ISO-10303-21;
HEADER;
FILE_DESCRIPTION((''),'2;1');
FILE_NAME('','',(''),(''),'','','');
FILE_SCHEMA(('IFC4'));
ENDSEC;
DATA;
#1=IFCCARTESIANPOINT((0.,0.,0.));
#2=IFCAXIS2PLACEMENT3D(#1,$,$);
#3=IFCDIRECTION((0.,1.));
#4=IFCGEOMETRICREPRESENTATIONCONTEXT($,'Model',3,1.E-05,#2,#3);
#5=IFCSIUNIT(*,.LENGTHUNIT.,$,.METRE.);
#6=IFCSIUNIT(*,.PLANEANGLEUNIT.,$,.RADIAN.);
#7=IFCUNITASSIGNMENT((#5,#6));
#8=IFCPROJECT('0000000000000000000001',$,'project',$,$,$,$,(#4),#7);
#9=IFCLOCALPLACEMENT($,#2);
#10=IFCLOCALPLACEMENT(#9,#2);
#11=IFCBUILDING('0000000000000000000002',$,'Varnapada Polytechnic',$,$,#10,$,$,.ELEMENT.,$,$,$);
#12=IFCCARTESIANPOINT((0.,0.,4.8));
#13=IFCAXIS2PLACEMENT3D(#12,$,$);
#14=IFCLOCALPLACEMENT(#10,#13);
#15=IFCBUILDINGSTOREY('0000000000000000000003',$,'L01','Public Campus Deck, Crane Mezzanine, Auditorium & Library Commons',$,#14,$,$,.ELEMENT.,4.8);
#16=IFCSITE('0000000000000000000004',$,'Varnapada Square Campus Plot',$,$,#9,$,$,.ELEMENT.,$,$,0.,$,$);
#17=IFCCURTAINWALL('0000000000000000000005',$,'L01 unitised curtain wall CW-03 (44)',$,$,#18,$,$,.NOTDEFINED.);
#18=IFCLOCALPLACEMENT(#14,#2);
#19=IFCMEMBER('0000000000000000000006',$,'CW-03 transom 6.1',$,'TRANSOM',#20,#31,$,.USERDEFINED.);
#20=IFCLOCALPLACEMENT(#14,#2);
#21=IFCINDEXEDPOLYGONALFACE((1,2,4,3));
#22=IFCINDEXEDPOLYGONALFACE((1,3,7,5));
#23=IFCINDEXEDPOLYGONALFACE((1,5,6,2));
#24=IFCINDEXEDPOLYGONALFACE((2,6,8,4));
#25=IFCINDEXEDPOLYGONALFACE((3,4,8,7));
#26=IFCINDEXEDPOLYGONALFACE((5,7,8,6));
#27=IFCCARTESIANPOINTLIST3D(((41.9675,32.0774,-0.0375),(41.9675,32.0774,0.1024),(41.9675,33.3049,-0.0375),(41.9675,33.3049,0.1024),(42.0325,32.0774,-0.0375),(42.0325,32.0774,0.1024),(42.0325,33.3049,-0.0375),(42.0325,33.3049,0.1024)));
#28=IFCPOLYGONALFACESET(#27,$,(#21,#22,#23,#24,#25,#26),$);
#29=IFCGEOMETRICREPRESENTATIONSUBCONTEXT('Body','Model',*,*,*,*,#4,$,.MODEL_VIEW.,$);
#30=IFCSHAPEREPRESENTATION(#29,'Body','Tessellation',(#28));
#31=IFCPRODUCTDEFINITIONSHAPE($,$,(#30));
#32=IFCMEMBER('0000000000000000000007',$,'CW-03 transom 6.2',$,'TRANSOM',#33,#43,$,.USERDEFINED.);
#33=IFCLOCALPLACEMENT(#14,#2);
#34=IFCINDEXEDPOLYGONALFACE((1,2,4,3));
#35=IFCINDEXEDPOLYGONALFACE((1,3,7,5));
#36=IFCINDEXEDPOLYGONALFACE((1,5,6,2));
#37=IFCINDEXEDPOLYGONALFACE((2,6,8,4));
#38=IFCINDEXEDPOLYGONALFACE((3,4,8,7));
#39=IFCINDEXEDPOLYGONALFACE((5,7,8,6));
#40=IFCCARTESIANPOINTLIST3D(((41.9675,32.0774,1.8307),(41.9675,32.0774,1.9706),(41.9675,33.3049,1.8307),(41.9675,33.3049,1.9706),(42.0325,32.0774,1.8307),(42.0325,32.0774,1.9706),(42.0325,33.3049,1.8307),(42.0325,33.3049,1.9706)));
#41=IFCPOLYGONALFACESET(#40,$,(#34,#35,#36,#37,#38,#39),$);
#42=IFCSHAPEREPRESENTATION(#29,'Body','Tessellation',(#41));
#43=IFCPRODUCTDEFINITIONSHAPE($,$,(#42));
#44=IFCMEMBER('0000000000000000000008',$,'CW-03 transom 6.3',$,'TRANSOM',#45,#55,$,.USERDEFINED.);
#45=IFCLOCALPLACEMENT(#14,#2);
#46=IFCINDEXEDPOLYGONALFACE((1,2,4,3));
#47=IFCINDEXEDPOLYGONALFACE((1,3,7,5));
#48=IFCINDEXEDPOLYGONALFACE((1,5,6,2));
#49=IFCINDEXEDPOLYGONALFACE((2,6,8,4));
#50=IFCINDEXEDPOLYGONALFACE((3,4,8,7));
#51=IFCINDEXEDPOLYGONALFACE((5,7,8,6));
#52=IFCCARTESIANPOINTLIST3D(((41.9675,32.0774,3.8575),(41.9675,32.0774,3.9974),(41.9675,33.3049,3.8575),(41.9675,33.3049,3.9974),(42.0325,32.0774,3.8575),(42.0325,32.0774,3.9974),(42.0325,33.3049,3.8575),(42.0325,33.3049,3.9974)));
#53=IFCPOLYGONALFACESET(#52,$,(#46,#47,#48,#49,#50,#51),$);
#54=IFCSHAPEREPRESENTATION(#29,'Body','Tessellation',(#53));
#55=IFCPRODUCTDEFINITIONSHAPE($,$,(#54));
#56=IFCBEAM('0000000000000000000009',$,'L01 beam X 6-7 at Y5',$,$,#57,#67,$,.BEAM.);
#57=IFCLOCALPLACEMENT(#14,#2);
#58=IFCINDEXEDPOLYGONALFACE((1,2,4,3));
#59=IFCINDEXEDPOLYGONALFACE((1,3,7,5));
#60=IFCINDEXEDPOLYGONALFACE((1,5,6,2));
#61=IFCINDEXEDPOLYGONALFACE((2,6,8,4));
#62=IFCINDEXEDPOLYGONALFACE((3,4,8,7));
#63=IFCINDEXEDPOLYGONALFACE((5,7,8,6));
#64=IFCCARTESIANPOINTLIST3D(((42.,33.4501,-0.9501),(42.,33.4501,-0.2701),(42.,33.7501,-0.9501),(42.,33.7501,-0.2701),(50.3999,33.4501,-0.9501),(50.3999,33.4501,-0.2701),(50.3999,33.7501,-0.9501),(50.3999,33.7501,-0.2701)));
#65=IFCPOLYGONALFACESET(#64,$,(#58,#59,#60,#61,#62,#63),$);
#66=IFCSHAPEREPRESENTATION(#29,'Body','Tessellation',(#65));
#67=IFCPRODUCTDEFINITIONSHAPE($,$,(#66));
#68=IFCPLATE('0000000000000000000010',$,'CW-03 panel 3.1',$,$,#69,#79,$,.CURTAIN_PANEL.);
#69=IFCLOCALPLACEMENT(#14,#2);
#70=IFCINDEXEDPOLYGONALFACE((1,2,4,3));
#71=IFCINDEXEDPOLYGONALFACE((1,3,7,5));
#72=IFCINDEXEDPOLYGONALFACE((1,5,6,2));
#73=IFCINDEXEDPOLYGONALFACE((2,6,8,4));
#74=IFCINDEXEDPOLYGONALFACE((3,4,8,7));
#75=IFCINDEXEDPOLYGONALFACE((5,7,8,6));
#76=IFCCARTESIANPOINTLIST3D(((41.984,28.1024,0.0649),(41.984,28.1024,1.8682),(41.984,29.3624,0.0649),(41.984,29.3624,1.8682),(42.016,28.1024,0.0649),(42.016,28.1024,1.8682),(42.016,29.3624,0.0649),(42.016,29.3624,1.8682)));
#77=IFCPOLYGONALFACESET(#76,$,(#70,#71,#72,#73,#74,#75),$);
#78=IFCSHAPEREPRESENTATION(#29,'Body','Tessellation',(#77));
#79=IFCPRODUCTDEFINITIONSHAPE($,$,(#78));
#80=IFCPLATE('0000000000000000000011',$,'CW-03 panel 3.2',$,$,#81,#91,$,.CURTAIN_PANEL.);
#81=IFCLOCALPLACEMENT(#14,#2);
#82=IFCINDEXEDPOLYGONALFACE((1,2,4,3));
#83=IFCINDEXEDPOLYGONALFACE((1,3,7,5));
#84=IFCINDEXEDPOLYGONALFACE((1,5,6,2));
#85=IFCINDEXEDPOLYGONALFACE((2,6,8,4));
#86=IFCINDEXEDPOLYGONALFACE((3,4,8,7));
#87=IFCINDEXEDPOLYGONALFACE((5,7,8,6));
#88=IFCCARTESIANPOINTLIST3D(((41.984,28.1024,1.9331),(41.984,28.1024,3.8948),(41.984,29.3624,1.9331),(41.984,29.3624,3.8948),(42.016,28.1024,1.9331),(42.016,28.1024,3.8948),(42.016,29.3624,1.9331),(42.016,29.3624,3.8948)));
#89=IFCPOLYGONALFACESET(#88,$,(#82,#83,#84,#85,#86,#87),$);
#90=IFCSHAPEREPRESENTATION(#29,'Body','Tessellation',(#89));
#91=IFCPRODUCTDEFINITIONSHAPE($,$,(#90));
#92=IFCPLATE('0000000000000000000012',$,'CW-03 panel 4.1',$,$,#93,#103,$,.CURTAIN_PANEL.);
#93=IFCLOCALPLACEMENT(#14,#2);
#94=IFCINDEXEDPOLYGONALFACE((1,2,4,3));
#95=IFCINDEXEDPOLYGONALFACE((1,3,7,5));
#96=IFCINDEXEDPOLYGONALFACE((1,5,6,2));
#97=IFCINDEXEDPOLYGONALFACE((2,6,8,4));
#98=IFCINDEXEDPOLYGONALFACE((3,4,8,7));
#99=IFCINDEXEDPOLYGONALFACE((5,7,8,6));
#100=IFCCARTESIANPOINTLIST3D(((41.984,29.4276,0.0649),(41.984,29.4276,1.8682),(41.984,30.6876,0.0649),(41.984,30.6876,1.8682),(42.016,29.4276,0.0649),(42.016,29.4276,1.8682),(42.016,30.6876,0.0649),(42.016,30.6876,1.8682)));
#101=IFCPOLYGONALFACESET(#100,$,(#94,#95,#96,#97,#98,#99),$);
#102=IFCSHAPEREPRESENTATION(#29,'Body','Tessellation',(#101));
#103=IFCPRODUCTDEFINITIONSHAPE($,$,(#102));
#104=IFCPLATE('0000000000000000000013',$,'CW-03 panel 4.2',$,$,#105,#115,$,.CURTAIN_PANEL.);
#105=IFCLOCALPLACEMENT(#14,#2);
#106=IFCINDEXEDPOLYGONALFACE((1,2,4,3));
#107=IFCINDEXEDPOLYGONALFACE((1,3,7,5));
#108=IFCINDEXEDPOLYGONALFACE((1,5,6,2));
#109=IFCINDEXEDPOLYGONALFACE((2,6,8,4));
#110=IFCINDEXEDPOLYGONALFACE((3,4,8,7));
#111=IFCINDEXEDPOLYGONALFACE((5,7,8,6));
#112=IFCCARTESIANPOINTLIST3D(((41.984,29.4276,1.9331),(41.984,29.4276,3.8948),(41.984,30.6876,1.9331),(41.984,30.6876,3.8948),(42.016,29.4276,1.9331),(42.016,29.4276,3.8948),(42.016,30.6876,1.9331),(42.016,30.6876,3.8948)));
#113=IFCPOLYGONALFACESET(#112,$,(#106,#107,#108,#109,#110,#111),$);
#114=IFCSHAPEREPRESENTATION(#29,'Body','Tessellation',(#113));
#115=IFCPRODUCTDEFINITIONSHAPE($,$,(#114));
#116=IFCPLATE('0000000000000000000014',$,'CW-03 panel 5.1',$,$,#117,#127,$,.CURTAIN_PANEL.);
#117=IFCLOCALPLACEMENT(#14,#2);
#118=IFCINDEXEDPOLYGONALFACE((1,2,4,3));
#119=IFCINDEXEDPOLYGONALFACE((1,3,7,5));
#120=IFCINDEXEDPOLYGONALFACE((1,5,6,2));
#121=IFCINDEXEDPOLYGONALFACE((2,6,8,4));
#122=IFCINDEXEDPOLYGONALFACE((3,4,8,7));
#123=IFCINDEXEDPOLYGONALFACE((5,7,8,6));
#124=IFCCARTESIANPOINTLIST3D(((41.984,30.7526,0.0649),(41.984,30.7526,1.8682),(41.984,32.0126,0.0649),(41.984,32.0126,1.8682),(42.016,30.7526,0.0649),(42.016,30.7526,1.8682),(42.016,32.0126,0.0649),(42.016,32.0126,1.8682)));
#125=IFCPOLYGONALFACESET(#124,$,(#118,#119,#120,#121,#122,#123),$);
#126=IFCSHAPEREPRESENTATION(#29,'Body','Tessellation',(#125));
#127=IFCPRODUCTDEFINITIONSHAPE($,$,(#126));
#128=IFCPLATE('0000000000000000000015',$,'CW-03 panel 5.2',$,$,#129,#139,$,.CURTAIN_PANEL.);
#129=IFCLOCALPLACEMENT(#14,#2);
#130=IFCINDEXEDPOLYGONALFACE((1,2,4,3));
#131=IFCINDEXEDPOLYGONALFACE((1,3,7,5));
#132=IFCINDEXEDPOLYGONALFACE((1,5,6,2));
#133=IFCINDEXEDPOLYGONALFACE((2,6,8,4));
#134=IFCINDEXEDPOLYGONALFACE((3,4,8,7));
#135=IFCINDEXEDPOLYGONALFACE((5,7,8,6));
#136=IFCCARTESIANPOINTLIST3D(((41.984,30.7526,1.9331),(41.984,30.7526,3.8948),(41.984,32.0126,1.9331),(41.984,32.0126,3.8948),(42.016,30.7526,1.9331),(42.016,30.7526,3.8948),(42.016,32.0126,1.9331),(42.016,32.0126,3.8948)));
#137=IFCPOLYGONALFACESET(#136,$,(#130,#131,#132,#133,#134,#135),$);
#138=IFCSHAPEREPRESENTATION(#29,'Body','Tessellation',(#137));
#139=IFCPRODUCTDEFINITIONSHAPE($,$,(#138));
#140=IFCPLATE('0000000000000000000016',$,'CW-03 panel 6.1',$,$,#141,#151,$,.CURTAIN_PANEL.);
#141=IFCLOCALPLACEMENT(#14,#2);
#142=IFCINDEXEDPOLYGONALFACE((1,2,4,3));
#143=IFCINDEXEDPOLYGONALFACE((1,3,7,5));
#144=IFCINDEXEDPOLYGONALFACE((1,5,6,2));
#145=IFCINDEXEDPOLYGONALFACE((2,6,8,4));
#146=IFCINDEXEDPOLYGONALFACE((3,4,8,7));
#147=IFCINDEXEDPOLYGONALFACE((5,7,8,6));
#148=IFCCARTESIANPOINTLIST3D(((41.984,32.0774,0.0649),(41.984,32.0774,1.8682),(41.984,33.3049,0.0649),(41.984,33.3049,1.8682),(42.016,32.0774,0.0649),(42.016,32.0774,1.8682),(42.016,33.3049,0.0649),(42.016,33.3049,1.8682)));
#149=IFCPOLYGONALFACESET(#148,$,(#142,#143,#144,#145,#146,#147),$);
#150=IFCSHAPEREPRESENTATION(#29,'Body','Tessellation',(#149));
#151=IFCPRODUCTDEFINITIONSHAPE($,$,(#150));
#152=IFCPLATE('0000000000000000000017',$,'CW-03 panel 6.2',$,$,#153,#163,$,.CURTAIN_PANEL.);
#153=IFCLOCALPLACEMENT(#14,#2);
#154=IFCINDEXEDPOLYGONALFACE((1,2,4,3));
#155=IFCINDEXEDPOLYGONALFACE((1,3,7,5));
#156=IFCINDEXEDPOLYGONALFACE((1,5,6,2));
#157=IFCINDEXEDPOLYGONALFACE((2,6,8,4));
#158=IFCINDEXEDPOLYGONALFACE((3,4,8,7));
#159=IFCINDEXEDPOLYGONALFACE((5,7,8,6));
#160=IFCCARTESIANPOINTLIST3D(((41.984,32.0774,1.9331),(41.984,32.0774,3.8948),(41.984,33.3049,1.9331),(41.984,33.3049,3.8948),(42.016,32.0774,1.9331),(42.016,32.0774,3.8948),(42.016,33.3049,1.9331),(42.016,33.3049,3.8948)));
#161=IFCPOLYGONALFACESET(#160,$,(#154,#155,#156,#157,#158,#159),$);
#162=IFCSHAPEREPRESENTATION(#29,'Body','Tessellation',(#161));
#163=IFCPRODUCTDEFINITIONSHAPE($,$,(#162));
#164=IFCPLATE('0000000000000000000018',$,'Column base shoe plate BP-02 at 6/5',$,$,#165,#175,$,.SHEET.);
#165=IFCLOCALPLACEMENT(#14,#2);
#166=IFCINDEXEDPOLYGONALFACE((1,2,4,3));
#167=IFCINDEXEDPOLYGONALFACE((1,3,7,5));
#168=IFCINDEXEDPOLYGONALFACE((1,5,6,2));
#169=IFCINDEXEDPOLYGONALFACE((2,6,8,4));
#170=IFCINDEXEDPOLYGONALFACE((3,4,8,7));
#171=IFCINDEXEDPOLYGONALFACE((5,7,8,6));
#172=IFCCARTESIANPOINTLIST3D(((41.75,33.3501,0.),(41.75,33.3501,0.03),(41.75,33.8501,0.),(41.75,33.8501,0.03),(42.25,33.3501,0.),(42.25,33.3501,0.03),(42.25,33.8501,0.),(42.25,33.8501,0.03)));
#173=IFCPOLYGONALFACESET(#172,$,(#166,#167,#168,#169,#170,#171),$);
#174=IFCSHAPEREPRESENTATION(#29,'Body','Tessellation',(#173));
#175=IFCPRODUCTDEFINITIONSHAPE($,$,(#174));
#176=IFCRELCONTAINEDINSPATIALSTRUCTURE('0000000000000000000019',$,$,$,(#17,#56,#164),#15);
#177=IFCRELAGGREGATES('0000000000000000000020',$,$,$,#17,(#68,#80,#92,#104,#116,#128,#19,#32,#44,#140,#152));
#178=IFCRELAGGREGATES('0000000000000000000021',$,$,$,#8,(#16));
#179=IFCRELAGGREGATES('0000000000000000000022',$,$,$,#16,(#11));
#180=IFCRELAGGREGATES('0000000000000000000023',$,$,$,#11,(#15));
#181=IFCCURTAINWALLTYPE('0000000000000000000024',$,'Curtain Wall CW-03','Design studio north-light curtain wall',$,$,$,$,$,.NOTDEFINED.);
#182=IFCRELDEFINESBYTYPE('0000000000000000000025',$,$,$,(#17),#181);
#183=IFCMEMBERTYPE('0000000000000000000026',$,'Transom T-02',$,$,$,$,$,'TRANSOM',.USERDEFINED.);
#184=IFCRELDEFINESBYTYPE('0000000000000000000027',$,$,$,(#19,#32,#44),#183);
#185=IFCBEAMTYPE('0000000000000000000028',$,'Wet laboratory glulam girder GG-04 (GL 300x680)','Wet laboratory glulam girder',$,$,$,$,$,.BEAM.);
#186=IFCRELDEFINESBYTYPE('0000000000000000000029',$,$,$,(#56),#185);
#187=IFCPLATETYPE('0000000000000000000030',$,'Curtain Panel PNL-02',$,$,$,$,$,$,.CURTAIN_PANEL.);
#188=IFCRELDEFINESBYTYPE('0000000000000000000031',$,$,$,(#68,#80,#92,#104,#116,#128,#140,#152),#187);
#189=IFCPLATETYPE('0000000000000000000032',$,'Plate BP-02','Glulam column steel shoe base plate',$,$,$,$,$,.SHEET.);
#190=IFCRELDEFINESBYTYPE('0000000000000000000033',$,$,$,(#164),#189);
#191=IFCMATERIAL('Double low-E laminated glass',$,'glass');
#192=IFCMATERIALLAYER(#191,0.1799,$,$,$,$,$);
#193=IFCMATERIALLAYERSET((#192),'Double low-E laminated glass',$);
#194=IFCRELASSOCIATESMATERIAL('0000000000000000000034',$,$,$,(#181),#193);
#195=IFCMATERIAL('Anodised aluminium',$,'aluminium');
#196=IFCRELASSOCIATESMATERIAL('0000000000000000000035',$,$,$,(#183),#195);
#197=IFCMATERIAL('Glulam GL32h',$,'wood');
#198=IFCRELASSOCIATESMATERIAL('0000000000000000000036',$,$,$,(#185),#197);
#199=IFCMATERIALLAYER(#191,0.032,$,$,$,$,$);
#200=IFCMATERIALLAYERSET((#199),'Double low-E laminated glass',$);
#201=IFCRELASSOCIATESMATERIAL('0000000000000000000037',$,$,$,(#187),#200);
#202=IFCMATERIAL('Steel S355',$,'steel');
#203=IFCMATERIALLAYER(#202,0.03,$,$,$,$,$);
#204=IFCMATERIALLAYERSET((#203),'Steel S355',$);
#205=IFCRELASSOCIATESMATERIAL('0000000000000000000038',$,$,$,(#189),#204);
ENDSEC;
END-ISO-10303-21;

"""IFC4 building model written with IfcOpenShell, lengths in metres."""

from ifc_helpers import new_model, si_unit, direction, frame, origin, origin_2d, place, context, subcontext, project, spatial, rectangle, extrude, material, layer, layer_set, material_profile, profile_set, type_object, element, aggregate, save


model = new_model("IFC4")

# Units and contexts
model_context = context("Model", 3, precision=1e-05, world=origin(), true_north=direction((0.0, 1.0)))
body_context = subcontext(model_context, "Body", "Model", "MODEL_VIEW")
ifc_project = project(units=[si_unit("LENGTHUNIT", "METRE"), si_unit("PLANEANGLEUNIT", "RADIAN")], contexts=[model_context])

# Site, building, storey
site_placement = place(None, origin())
site = spatial("IfcSite", under=ifc_project, at=site_placement, Name="Varnapada Square Campus Plot", CompositionType="ELEMENT", RefElevation=0.0)
building_placement = place(site_placement, origin())
building = spatial("IfcBuilding", under=site, at=building_placement, Name="Varnapada Polytechnic", CompositionType="ELEMENT")
storey_placement = place(building_placement, frame((0.0, 0.0, 4.8)))
storey = spatial("IfcBuildingStorey", under=building, at=storey_placement, Name="L01", Description="Public Campus Deck, Crane Mezzanine, Auditorium & Library Commons", CompositionType="ELEMENT", Elevation=4.8)

# Shared definitions
ifc_material_1 = material(Name="Glulam GL32h", Category="wood")

# Curtain wall, members
ifc_material_2 = material(Name="Double low-E laminated glass", Category="glass")
ifc_layer_1 = layer(ifc_material_2, 0.1799)
ifc_layer_set_1 = layer_set([ifc_layer_1], Name="Double low-E laminated glass")
curtain_wall_type = type_object("IfcCurtainWallType", Name="Curtain Wall CW-03", Description="Design studio north-light curtain wall", PredefinedType="NOTDEFINED", material=ifc_layer_set_1)
curtain_wall_placement = place(storey_placement, origin())
curtain_wall = element("IfcCurtainWall", 1, at=curtain_wall_placement, inside=storey, type_object=curtain_wall_type, Name="L01 unitised curtain wall CW-03 (44)", PredefinedType="NOTDEFINED")
ifc_material_3 = material(Name="Anodised aluminium", Category="aluminium")
ifc_material_profile_1 = material_profile(ifc_material_3, rectangle(XDim=0.0649, YDim=0.1399, at=origin_2d()), Name="ALU T65x140")
ifc_profile_set_1 = profile_set([ifc_material_profile_1], Name="Anodised aluminium")
member_type_1 = type_object("IfcMemberType", Name="Transom T-02", ElementType="TRANSOM", PredefinedType="USERDEFINED", material=ifc_profile_set_1)
member_1_placement = place(storey_placement, frame((42.0, 32.0774, 0.0325), z_axis=(0.0, 1.0, 0.0), x_axis=(-1.0, 0.0, 0.0)))
member_1 = element("IfcMember", 2, at=member_1_placement, type_object=member_type_1, Name="CW-03 transom 6.1", ObjectType="TRANSOM", PredefinedType="USERDEFINED", context=body_context, shape_type="SweptSolid", body=[
    extrude(rectangle(XDim=0.0649, YDim=0.1399, at=origin_2d()), origin(), (0.0, 0.0, 1.0), 1.2275),
])
member_2_placement = place(storey_placement, frame((42.0, 32.0774, 1.9006), z_axis=(0.0, 1.0, 0.0), x_axis=(-1.0, 0.0, 0.0)))
member_2 = element("IfcMember", 3, at=member_2_placement, type_object=member_type_1, Name="CW-03 transom 6.2", ObjectType="TRANSOM", PredefinedType="USERDEFINED", context=body_context, shape_type="SweptSolid", body=[
    extrude(rectangle(XDim=0.0649, YDim=0.1399, at=origin_2d()), origin(), (0.0, 0.0, 1.0), 1.2275),
])
member_3_placement = place(storey_placement, frame((42.0, 32.0774, 3.9275), z_axis=(0.0, 1.0, 0.0), x_axis=(-1.0, 0.0, 0.0)))
member_3 = element("IfcMember", 4, at=member_3_placement, type_object=member_type_1, Name="CW-03 transom 6.3", ObjectType="TRANSOM", PredefinedType="USERDEFINED", context=body_context, shape_type="SweptSolid", body=[
    extrude(rectangle(XDim=0.0649, YDim=0.1399, at=origin_2d()), origin(), (0.0, 0.0, 1.0), 1.2275),
])

# Beam
ifc_material_profile_2 = material_profile(ifc_material_1, rectangle(XDim=0.3, YDim=0.6799, at=origin_2d()), Name="GL 300x680")
ifc_profile_set_2 = profile_set([ifc_material_profile_2], Name="Glulam GL32h")
beam_type_1 = type_object("IfcBeamType", Name="Wet laboratory glulam girder GG-04 (GL 300x680)", Description="Wet laboratory glulam girder", PredefinedType="BEAM", material=ifc_profile_set_2)
beam_1_placement = place(storey_placement, frame((42.0, 33.6001, -0.6101), z_axis=(1.0, 0.0, 0.0), x_axis=(0.0, 1.0, 0.0)))
element("IfcBeam", 5, at=beam_1_placement, inside=storey, type_object=beam_type_1, Name="L01 beam X 6-7 at Y5", PredefinedType="BEAM", context=body_context, shape_type="SweptSolid", body=[
    extrude(rectangle(XDim=0.3, YDim=0.6799, at=origin_2d()), origin(), (0.0, 0.0, 1.0), 8.3999),
])

# Plates
ifc_layer_2 = layer(ifc_material_2, 0.032)
ifc_layer_set_2 = layer_set([ifc_layer_2], Name="Double low-E laminated glass")
plate_type_1 = type_object("IfcPlateType", Name="Curtain Panel PNL-02", PredefinedType="CURTAIN_PANEL", material=ifc_layer_set_2)
plate_1_placement = place(storey_placement, frame((42.0, 28.7324, 0.0649), z_axis=(0.0, 0.0, 1.0), x_axis=(0.0, 1.0, 0.0)))
plate_1 = element("IfcPlate", 6, at=plate_1_placement, type_object=plate_type_1, Name="CW-03 panel 3.1", PredefinedType="CURTAIN_PANEL", context=body_context, shape_type="SweptSolid", body=[
    extrude(rectangle(XDim=1.26, YDim=0.032, at=origin_2d()), origin(), (0.0, 0.0, 1.0), 1.8032),
])
plate_2_placement = place(storey_placement, frame((42.0, 28.7324, 1.9331), z_axis=(0.0, 0.0, 1.0), x_axis=(0.0, 1.0, 0.0)))
plate_2 = element("IfcPlate", 7, at=plate_2_placement, type_object=plate_type_1, Name="CW-03 panel 3.2", PredefinedType="CURTAIN_PANEL", context=body_context, shape_type="SweptSolid", body=[
    extrude(rectangle(XDim=1.26, YDim=0.032, at=origin_2d()), origin(), (0.0, 0.0, 1.0), 1.9617),
])
plate_3_placement = place(storey_placement, frame((42.0, 30.0576, 0.0649), z_axis=(0.0, 0.0, 1.0), x_axis=(0.0, 1.0, 0.0)))
plate_3 = element("IfcPlate", 8, at=plate_3_placement, type_object=plate_type_1, Name="CW-03 panel 4.1", PredefinedType="CURTAIN_PANEL", context=body_context, shape_type="SweptSolid", body=[
    extrude(rectangle(XDim=1.26, YDim=0.032, at=origin_2d()), origin(), (0.0, 0.0, 1.0), 1.8032),
])
plate_4_placement = place(storey_placement, frame((42.0, 30.0576, 1.9331), z_axis=(0.0, 0.0, 1.0), x_axis=(0.0, 1.0, 0.0)))
plate_4 = element("IfcPlate", 9, at=plate_4_placement, type_object=plate_type_1, Name="CW-03 panel 4.2", PredefinedType="CURTAIN_PANEL", context=body_context, shape_type="SweptSolid", body=[
    extrude(rectangle(XDim=1.26, YDim=0.032, at=origin_2d()), origin(), (0.0, 0.0, 1.0), 1.9617),
])
plate_5_placement = place(storey_placement, frame((42.0, 31.3826, 0.0649), z_axis=(0.0, 0.0, 1.0), x_axis=(0.0, 1.0, 0.0)))
plate_5 = element("IfcPlate", 10, at=plate_5_placement, type_object=plate_type_1, Name="CW-03 panel 5.1", PredefinedType="CURTAIN_PANEL", context=body_context, shape_type="SweptSolid", body=[
    extrude(rectangle(XDim=1.26, YDim=0.032, at=origin_2d()), origin(), (0.0, 0.0, 1.0), 1.8032),
])
plate_6_placement = place(storey_placement, frame((42.0, 31.3826, 1.9331), z_axis=(0.0, 0.0, 1.0), x_axis=(0.0, 1.0, 0.0)))
plate_6 = element("IfcPlate", 11, at=plate_6_placement, type_object=plate_type_1, Name="CW-03 panel 5.2", PredefinedType="CURTAIN_PANEL", context=body_context, shape_type="SweptSolid", body=[
    extrude(rectangle(XDim=1.26, YDim=0.032, at=origin_2d()), origin(), (0.0, 0.0, 1.0), 1.9617),
])
plate_7_placement = place(storey_placement, frame((42.0, 32.6912, 0.0649), z_axis=(0.0, 0.0, 1.0), x_axis=(0.0, 1.0, 0.0)))
plate_7 = element("IfcPlate", 12, at=plate_7_placement, type_object=plate_type_1, Name="CW-03 panel 6.1", PredefinedType="CURTAIN_PANEL", context=body_context, shape_type="SweptSolid", body=[
    extrude(rectangle(XDim=1.2275, YDim=0.032, at=origin_2d()), origin(), (0.0, 0.0, 1.0), 1.8032),
])
plate_8_placement = place(storey_placement, frame((42.0, 32.6912, 1.9331), z_axis=(0.0, 0.0, 1.0), x_axis=(0.0, 1.0, 0.0)))
plate_8 = element("IfcPlate", 13, at=plate_8_placement, type_object=plate_type_1, Name="CW-03 panel 6.2", PredefinedType="CURTAIN_PANEL", context=body_context, shape_type="SweptSolid", body=[
    extrude(rectangle(XDim=1.2275, YDim=0.032, at=origin_2d()), origin(), (0.0, 0.0, 1.0), 1.9617),
])
aggregate(curtain_wall, [plate_1, plate_2, plate_3, plate_4, plate_5, plate_6, member_1, member_2, member_3, plate_7, plate_8])
ifc_material_4 = material(Name="Steel S355", Category="steel")
ifc_layer_3 = layer(ifc_material_4, 0.03)
ifc_layer_set_3 = layer_set([ifc_layer_3], Name="Steel S355")
plate_type_2 = type_object("IfcPlateType", Name="Plate BP-02", Description="Glulam column steel shoe base plate", PredefinedType="SHEET", material=ifc_layer_set_3)
plate_9_placement = place(storey_placement, frame((42.0, 33.6001, 0.0), z_axis=(0.0, 0.0, 1.0), x_axis=(1.0, 0.0, 0.0)))
element("IfcPlate", 14, at=plate_9_placement, inside=storey, type_object=plate_type_2, Name="Column base shoe plate BP-02 at 6/5", PredefinedType="SHEET", context=body_context, shape_type="SweptSolid", body=[
    extrude(rectangle(XDim=0.5, YDim=0.5, at=origin_2d()), origin(), (0.0, 0.0, 1.0), 0.03),
])

save(model, "model.ifc")
